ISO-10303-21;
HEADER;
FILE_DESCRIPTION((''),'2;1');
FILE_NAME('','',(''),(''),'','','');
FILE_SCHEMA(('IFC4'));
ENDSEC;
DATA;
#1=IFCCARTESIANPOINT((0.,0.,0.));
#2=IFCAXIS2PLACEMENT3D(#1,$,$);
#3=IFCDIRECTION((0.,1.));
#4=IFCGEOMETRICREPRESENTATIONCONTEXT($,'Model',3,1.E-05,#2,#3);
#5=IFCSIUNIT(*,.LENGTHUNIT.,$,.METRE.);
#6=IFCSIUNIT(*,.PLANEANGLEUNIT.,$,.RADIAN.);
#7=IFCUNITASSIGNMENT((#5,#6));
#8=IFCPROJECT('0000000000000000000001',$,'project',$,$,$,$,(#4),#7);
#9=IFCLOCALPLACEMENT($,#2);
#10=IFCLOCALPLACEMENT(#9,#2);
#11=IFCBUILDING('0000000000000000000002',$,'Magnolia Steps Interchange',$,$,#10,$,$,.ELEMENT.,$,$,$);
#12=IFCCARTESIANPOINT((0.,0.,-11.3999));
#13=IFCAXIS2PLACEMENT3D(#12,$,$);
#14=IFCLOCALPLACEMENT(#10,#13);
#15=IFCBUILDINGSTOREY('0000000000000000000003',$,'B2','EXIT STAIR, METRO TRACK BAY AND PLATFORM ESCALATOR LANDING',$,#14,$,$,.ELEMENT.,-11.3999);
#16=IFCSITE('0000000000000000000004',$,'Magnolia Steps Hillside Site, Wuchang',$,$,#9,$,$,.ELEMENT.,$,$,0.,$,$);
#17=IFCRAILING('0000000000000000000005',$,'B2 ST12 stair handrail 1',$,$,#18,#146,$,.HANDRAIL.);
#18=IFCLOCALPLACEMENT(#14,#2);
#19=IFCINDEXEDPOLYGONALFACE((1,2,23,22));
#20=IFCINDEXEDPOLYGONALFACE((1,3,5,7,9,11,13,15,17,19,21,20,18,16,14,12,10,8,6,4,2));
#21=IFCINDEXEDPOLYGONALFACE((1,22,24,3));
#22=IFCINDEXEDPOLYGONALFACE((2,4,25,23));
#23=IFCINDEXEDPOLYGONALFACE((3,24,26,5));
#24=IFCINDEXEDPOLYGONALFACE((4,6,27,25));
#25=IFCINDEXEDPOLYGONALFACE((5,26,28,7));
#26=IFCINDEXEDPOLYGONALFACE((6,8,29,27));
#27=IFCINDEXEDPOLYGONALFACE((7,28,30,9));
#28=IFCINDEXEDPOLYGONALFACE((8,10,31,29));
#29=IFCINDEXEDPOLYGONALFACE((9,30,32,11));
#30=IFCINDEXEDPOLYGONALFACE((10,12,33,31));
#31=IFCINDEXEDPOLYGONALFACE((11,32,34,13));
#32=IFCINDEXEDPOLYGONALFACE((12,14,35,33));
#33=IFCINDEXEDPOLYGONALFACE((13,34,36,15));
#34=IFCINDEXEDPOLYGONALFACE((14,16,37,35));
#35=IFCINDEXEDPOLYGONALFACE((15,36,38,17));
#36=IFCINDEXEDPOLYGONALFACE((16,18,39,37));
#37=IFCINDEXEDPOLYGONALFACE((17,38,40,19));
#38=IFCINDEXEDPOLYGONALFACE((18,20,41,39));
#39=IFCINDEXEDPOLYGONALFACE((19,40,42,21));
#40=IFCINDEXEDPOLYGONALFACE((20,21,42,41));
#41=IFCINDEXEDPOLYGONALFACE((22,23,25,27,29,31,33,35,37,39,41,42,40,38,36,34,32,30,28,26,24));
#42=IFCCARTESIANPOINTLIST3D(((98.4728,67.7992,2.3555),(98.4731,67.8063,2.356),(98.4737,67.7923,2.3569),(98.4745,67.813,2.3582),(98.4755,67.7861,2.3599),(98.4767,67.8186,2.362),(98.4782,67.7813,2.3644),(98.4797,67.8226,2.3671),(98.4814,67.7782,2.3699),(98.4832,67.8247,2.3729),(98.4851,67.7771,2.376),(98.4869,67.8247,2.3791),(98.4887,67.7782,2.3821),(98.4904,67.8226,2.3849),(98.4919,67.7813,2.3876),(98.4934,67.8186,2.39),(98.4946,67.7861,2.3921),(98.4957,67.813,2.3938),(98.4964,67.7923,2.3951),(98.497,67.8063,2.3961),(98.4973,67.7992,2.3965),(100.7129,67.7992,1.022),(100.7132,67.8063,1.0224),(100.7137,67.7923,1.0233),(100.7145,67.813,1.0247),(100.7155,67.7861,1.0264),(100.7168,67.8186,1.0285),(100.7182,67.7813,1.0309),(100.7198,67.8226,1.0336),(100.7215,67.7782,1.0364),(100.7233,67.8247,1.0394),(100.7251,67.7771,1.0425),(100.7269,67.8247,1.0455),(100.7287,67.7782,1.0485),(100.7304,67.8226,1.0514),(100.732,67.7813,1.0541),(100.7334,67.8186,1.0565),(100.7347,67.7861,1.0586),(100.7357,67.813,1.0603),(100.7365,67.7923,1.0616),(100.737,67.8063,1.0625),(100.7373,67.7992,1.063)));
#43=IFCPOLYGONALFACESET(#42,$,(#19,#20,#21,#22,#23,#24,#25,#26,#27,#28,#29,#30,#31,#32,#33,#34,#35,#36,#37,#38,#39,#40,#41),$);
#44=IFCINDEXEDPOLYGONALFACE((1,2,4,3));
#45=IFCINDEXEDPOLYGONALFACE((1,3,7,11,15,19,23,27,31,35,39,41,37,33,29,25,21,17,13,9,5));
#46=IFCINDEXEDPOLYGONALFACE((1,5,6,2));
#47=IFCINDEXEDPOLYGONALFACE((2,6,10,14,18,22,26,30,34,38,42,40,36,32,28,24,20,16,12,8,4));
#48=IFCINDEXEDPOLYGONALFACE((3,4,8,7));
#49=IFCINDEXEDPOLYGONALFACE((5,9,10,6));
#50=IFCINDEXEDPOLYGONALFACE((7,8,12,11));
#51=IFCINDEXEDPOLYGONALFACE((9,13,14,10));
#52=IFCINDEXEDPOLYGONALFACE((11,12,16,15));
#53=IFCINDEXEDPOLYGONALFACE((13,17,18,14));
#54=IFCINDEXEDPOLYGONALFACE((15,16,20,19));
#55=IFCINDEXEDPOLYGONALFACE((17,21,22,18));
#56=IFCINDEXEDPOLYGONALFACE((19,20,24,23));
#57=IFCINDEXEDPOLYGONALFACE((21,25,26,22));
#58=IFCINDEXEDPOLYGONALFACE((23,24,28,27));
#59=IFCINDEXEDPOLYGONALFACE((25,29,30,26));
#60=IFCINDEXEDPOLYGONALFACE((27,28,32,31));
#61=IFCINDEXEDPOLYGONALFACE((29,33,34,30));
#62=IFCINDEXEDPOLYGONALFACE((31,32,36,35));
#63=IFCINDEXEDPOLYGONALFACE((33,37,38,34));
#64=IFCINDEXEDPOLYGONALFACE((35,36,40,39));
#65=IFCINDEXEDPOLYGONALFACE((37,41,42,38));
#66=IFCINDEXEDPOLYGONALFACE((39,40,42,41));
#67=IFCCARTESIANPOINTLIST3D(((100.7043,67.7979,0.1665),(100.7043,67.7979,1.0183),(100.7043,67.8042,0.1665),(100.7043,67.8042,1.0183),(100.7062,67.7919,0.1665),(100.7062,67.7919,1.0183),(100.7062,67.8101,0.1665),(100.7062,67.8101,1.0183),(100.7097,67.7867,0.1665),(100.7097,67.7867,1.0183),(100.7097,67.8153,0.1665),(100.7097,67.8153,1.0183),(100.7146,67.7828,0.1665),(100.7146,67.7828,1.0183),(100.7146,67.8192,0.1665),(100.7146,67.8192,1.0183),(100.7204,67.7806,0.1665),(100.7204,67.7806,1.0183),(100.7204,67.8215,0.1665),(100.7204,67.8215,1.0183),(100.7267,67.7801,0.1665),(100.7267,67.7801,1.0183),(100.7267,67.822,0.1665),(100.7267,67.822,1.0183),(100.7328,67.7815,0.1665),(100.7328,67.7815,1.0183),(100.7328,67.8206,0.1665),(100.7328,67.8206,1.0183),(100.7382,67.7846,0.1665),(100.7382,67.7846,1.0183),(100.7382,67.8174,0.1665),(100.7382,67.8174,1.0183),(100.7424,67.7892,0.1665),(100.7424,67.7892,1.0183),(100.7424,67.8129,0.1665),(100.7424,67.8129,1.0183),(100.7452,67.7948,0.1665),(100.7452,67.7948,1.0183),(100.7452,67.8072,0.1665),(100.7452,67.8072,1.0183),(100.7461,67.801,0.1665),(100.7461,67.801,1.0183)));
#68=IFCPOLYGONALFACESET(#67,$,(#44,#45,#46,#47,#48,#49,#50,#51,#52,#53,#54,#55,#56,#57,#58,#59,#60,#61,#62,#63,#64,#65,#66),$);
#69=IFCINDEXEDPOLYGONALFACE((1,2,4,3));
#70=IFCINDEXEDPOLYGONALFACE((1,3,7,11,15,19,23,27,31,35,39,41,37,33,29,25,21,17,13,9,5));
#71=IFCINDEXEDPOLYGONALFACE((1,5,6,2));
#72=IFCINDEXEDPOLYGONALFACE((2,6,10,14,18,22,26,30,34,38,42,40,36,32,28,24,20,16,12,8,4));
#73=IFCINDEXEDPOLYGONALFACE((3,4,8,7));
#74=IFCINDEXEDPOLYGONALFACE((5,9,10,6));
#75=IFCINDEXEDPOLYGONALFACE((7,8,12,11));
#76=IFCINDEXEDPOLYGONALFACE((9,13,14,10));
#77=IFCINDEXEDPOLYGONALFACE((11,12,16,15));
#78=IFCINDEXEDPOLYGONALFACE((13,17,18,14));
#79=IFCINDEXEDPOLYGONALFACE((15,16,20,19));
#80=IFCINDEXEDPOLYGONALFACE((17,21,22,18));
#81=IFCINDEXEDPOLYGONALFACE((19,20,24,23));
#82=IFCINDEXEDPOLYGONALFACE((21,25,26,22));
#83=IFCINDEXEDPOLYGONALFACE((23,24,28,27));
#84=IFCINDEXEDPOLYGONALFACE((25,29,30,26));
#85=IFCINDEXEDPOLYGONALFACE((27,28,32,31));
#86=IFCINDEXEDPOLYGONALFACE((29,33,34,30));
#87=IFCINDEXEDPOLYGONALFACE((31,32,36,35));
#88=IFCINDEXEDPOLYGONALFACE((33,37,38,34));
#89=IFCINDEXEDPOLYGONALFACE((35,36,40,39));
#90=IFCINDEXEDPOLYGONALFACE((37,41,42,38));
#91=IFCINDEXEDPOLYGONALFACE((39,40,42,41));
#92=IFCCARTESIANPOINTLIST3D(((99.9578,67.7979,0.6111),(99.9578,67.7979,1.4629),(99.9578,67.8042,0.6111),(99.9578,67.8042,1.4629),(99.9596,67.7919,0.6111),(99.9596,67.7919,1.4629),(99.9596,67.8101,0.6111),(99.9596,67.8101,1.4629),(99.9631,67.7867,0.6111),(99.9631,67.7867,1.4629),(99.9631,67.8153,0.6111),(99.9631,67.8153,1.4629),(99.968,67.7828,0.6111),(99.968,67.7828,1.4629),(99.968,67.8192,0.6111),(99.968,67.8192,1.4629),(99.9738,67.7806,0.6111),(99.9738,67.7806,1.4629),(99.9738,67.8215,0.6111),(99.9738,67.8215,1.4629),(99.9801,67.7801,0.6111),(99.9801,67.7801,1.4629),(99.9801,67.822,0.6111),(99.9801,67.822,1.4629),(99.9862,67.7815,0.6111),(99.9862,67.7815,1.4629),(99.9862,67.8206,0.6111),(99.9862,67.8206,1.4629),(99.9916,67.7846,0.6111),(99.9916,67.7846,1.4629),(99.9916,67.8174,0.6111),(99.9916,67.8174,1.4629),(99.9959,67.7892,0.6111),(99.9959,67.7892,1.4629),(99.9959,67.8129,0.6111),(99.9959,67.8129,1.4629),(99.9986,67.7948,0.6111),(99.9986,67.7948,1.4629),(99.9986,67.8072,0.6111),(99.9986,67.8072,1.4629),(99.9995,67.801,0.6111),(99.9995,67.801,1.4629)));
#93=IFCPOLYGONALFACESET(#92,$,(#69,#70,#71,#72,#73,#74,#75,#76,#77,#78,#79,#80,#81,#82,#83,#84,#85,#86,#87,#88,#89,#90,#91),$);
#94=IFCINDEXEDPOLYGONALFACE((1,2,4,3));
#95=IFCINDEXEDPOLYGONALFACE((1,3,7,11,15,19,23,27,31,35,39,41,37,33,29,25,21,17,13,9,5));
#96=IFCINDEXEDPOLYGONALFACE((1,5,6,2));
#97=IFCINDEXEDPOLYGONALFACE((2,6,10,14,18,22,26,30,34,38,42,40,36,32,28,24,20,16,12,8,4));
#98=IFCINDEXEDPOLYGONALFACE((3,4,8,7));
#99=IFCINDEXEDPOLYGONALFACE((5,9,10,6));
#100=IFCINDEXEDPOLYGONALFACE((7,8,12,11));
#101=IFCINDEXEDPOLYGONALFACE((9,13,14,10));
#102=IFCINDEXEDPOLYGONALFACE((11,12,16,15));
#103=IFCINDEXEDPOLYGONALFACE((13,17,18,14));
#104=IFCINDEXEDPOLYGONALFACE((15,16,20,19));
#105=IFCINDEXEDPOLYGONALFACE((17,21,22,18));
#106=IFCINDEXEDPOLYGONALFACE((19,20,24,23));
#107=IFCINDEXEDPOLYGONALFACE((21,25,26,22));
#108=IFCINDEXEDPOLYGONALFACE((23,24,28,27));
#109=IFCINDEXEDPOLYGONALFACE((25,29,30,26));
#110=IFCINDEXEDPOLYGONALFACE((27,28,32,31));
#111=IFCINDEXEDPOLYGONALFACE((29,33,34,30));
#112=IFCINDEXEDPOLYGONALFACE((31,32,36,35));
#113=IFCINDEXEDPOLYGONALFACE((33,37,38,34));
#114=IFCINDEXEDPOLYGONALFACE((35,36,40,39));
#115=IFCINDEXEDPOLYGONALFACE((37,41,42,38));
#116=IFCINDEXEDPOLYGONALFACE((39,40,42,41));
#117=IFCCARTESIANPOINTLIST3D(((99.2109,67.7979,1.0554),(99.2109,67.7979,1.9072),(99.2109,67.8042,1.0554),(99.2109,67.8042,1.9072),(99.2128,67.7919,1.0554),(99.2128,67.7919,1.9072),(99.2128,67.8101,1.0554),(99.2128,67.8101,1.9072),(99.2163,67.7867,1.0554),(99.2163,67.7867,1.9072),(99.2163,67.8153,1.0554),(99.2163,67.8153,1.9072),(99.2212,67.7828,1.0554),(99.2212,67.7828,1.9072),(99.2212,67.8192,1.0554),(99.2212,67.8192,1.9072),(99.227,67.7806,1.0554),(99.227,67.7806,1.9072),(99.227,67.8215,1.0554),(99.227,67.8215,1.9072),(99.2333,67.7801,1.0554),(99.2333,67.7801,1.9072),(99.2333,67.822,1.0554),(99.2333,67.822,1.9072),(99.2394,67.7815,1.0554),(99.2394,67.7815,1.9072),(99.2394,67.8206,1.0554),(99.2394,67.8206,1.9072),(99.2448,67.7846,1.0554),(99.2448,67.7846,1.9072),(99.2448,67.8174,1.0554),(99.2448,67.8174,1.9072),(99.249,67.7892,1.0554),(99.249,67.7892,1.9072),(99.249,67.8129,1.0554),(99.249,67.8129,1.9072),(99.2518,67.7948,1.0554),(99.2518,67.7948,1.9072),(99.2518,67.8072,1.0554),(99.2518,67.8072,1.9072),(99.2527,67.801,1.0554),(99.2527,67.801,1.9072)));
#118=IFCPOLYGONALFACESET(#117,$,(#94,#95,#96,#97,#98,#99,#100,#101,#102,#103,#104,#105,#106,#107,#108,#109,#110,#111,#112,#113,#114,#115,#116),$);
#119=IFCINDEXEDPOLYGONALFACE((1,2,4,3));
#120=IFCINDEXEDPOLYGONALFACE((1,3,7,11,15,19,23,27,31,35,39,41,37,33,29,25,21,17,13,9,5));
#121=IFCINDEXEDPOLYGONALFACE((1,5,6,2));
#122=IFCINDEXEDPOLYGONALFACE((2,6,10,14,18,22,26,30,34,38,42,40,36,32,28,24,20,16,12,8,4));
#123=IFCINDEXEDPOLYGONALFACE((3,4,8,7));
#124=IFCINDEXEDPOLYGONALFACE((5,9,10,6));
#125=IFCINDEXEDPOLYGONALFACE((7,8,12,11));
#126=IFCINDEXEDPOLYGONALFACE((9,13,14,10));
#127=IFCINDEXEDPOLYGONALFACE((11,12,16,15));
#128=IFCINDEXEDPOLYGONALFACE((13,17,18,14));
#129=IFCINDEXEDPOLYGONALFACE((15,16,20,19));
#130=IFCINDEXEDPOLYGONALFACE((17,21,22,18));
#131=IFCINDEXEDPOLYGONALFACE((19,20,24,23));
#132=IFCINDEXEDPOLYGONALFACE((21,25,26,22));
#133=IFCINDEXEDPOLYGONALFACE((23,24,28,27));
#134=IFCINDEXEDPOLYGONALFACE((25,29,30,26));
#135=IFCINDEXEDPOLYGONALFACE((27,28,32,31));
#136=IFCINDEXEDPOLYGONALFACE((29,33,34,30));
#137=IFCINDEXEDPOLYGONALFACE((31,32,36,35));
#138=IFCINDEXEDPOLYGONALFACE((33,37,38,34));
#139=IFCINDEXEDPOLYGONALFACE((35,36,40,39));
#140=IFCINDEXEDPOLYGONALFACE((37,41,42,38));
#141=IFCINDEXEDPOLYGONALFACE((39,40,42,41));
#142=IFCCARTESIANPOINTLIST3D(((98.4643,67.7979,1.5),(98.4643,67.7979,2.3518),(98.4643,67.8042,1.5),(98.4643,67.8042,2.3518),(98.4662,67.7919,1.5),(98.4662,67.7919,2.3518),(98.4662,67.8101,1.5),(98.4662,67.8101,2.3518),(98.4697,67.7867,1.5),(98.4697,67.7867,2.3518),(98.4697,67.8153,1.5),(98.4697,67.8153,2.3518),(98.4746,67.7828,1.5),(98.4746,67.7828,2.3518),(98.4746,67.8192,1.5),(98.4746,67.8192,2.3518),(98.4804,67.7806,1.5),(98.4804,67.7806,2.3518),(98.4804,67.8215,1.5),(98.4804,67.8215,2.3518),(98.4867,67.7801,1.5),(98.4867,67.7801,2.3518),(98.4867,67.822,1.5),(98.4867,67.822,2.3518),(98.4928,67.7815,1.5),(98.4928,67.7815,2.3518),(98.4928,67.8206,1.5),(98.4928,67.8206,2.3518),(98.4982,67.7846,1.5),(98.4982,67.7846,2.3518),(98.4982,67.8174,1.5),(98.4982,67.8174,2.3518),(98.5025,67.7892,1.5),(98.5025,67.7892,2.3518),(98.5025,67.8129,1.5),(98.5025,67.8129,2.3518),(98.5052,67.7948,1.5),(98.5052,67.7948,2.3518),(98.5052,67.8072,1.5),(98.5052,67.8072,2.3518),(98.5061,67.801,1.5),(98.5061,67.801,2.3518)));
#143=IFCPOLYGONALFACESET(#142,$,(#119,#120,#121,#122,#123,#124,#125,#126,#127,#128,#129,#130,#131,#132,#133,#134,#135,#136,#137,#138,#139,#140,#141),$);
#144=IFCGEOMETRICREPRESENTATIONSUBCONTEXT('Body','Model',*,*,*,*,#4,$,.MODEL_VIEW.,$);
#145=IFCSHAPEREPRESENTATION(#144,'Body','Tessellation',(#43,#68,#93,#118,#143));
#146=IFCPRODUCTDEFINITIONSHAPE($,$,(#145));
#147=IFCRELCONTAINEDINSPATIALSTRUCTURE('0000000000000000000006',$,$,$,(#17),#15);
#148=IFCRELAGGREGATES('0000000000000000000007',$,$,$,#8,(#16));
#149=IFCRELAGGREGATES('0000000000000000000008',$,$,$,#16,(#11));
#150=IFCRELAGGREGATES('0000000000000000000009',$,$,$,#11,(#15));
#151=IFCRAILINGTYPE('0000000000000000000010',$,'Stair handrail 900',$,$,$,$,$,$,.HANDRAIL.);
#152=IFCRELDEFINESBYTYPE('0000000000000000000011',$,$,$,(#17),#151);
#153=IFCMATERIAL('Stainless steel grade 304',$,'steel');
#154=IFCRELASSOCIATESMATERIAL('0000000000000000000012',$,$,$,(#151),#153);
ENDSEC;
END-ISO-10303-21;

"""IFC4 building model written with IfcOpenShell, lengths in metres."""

from ifc_helpers import new_model, si_unit, direction, frame, origin, origin_2d, place, context, subcontext, project, spatial, circle, extrude, material, type_object, element, save


model = new_model("IFC4")

# Units and contexts
model_context = context("Model", 3, precision=1e-05, world=origin(), true_north=direction((0.0, 1.0)))
body_context = subcontext(model_context, "Body", "Model", "MODEL_VIEW")
ifc_project = project(units=[si_unit("LENGTHUNIT", "METRE"), si_unit("PLANEANGLEUNIT", "RADIAN")], contexts=[model_context])

# Site, building, storey
site_placement = place(None, origin())
site = spatial("IfcSite", under=ifc_project, at=site_placement, Name="Magnolia Steps Hillside Site, Wuchang", CompositionType="ELEMENT", RefElevation=0.0)
building_placement = place(site_placement, origin())
building = spatial("IfcBuilding", under=site, at=building_placement, Name="Magnolia Steps Interchange", CompositionType="ELEMENT")
storey_placement = place(building_placement, frame((0.0, 0.0, -11.3999)))
storey = spatial("IfcBuildingStorey", under=building, at=storey_placement, Name="B2", Description="EXIT STAIR, METRO TRACK BAY AND PLATFORM ESCALATOR LANDING", CompositionType="ELEMENT", Elevation=-11.3999)

# Railing
ifc_material_1 = material(Name="Stainless steel grade 304", Category="steel")
railing_type_1 = type_object("IfcRailingType", Name="Stair handrail 900", PredefinedType="HANDRAIL", material=ifc_material_1)
for number, where, name in (
    (1, (100.7251, 67.801, 0.1665), "B2 ST12 stair handrail 1"),
):
    element("IfcRailing", number, at=place(storey_placement, frame(where)), inside=storey, type_object=railing_type_1, Name=name, PredefinedType="HANDRAIL", context=body_context, shape_type="SweptSolid", body=[
        extrude(circle(Radius=0.0239, at=origin_2d()), frame((0.0, 0.0, 0.876), z_axis=(-0.859264, 0.0, 0.511532), x_axis=(0.0, -1.0, 0.0)), (0.0, 0.0, 1.0), 2.6069),
        extrude(circle(Radius=0.021, at=origin_2d()), origin(), (0.0, 0.0, 1.0), 0.8518),
        extrude(circle(Radius=0.021, at=origin_2d()), frame((-0.7466, 0.0, 0.4446)), (0.0, 0.0, 1.0), 0.8518),
        extrude(circle(Radius=0.021, at=origin_2d()), frame((-1.4934, 0.0, 0.8889)), (0.0, 0.0, 1.0), 0.8518),
        extrude(circle(Radius=0.021, at=origin_2d()), frame((-2.24, 0.0, 1.3335)), (0.0, 0.0, 1.0), 0.8518),
    ])

save(model, "model.ifc")
